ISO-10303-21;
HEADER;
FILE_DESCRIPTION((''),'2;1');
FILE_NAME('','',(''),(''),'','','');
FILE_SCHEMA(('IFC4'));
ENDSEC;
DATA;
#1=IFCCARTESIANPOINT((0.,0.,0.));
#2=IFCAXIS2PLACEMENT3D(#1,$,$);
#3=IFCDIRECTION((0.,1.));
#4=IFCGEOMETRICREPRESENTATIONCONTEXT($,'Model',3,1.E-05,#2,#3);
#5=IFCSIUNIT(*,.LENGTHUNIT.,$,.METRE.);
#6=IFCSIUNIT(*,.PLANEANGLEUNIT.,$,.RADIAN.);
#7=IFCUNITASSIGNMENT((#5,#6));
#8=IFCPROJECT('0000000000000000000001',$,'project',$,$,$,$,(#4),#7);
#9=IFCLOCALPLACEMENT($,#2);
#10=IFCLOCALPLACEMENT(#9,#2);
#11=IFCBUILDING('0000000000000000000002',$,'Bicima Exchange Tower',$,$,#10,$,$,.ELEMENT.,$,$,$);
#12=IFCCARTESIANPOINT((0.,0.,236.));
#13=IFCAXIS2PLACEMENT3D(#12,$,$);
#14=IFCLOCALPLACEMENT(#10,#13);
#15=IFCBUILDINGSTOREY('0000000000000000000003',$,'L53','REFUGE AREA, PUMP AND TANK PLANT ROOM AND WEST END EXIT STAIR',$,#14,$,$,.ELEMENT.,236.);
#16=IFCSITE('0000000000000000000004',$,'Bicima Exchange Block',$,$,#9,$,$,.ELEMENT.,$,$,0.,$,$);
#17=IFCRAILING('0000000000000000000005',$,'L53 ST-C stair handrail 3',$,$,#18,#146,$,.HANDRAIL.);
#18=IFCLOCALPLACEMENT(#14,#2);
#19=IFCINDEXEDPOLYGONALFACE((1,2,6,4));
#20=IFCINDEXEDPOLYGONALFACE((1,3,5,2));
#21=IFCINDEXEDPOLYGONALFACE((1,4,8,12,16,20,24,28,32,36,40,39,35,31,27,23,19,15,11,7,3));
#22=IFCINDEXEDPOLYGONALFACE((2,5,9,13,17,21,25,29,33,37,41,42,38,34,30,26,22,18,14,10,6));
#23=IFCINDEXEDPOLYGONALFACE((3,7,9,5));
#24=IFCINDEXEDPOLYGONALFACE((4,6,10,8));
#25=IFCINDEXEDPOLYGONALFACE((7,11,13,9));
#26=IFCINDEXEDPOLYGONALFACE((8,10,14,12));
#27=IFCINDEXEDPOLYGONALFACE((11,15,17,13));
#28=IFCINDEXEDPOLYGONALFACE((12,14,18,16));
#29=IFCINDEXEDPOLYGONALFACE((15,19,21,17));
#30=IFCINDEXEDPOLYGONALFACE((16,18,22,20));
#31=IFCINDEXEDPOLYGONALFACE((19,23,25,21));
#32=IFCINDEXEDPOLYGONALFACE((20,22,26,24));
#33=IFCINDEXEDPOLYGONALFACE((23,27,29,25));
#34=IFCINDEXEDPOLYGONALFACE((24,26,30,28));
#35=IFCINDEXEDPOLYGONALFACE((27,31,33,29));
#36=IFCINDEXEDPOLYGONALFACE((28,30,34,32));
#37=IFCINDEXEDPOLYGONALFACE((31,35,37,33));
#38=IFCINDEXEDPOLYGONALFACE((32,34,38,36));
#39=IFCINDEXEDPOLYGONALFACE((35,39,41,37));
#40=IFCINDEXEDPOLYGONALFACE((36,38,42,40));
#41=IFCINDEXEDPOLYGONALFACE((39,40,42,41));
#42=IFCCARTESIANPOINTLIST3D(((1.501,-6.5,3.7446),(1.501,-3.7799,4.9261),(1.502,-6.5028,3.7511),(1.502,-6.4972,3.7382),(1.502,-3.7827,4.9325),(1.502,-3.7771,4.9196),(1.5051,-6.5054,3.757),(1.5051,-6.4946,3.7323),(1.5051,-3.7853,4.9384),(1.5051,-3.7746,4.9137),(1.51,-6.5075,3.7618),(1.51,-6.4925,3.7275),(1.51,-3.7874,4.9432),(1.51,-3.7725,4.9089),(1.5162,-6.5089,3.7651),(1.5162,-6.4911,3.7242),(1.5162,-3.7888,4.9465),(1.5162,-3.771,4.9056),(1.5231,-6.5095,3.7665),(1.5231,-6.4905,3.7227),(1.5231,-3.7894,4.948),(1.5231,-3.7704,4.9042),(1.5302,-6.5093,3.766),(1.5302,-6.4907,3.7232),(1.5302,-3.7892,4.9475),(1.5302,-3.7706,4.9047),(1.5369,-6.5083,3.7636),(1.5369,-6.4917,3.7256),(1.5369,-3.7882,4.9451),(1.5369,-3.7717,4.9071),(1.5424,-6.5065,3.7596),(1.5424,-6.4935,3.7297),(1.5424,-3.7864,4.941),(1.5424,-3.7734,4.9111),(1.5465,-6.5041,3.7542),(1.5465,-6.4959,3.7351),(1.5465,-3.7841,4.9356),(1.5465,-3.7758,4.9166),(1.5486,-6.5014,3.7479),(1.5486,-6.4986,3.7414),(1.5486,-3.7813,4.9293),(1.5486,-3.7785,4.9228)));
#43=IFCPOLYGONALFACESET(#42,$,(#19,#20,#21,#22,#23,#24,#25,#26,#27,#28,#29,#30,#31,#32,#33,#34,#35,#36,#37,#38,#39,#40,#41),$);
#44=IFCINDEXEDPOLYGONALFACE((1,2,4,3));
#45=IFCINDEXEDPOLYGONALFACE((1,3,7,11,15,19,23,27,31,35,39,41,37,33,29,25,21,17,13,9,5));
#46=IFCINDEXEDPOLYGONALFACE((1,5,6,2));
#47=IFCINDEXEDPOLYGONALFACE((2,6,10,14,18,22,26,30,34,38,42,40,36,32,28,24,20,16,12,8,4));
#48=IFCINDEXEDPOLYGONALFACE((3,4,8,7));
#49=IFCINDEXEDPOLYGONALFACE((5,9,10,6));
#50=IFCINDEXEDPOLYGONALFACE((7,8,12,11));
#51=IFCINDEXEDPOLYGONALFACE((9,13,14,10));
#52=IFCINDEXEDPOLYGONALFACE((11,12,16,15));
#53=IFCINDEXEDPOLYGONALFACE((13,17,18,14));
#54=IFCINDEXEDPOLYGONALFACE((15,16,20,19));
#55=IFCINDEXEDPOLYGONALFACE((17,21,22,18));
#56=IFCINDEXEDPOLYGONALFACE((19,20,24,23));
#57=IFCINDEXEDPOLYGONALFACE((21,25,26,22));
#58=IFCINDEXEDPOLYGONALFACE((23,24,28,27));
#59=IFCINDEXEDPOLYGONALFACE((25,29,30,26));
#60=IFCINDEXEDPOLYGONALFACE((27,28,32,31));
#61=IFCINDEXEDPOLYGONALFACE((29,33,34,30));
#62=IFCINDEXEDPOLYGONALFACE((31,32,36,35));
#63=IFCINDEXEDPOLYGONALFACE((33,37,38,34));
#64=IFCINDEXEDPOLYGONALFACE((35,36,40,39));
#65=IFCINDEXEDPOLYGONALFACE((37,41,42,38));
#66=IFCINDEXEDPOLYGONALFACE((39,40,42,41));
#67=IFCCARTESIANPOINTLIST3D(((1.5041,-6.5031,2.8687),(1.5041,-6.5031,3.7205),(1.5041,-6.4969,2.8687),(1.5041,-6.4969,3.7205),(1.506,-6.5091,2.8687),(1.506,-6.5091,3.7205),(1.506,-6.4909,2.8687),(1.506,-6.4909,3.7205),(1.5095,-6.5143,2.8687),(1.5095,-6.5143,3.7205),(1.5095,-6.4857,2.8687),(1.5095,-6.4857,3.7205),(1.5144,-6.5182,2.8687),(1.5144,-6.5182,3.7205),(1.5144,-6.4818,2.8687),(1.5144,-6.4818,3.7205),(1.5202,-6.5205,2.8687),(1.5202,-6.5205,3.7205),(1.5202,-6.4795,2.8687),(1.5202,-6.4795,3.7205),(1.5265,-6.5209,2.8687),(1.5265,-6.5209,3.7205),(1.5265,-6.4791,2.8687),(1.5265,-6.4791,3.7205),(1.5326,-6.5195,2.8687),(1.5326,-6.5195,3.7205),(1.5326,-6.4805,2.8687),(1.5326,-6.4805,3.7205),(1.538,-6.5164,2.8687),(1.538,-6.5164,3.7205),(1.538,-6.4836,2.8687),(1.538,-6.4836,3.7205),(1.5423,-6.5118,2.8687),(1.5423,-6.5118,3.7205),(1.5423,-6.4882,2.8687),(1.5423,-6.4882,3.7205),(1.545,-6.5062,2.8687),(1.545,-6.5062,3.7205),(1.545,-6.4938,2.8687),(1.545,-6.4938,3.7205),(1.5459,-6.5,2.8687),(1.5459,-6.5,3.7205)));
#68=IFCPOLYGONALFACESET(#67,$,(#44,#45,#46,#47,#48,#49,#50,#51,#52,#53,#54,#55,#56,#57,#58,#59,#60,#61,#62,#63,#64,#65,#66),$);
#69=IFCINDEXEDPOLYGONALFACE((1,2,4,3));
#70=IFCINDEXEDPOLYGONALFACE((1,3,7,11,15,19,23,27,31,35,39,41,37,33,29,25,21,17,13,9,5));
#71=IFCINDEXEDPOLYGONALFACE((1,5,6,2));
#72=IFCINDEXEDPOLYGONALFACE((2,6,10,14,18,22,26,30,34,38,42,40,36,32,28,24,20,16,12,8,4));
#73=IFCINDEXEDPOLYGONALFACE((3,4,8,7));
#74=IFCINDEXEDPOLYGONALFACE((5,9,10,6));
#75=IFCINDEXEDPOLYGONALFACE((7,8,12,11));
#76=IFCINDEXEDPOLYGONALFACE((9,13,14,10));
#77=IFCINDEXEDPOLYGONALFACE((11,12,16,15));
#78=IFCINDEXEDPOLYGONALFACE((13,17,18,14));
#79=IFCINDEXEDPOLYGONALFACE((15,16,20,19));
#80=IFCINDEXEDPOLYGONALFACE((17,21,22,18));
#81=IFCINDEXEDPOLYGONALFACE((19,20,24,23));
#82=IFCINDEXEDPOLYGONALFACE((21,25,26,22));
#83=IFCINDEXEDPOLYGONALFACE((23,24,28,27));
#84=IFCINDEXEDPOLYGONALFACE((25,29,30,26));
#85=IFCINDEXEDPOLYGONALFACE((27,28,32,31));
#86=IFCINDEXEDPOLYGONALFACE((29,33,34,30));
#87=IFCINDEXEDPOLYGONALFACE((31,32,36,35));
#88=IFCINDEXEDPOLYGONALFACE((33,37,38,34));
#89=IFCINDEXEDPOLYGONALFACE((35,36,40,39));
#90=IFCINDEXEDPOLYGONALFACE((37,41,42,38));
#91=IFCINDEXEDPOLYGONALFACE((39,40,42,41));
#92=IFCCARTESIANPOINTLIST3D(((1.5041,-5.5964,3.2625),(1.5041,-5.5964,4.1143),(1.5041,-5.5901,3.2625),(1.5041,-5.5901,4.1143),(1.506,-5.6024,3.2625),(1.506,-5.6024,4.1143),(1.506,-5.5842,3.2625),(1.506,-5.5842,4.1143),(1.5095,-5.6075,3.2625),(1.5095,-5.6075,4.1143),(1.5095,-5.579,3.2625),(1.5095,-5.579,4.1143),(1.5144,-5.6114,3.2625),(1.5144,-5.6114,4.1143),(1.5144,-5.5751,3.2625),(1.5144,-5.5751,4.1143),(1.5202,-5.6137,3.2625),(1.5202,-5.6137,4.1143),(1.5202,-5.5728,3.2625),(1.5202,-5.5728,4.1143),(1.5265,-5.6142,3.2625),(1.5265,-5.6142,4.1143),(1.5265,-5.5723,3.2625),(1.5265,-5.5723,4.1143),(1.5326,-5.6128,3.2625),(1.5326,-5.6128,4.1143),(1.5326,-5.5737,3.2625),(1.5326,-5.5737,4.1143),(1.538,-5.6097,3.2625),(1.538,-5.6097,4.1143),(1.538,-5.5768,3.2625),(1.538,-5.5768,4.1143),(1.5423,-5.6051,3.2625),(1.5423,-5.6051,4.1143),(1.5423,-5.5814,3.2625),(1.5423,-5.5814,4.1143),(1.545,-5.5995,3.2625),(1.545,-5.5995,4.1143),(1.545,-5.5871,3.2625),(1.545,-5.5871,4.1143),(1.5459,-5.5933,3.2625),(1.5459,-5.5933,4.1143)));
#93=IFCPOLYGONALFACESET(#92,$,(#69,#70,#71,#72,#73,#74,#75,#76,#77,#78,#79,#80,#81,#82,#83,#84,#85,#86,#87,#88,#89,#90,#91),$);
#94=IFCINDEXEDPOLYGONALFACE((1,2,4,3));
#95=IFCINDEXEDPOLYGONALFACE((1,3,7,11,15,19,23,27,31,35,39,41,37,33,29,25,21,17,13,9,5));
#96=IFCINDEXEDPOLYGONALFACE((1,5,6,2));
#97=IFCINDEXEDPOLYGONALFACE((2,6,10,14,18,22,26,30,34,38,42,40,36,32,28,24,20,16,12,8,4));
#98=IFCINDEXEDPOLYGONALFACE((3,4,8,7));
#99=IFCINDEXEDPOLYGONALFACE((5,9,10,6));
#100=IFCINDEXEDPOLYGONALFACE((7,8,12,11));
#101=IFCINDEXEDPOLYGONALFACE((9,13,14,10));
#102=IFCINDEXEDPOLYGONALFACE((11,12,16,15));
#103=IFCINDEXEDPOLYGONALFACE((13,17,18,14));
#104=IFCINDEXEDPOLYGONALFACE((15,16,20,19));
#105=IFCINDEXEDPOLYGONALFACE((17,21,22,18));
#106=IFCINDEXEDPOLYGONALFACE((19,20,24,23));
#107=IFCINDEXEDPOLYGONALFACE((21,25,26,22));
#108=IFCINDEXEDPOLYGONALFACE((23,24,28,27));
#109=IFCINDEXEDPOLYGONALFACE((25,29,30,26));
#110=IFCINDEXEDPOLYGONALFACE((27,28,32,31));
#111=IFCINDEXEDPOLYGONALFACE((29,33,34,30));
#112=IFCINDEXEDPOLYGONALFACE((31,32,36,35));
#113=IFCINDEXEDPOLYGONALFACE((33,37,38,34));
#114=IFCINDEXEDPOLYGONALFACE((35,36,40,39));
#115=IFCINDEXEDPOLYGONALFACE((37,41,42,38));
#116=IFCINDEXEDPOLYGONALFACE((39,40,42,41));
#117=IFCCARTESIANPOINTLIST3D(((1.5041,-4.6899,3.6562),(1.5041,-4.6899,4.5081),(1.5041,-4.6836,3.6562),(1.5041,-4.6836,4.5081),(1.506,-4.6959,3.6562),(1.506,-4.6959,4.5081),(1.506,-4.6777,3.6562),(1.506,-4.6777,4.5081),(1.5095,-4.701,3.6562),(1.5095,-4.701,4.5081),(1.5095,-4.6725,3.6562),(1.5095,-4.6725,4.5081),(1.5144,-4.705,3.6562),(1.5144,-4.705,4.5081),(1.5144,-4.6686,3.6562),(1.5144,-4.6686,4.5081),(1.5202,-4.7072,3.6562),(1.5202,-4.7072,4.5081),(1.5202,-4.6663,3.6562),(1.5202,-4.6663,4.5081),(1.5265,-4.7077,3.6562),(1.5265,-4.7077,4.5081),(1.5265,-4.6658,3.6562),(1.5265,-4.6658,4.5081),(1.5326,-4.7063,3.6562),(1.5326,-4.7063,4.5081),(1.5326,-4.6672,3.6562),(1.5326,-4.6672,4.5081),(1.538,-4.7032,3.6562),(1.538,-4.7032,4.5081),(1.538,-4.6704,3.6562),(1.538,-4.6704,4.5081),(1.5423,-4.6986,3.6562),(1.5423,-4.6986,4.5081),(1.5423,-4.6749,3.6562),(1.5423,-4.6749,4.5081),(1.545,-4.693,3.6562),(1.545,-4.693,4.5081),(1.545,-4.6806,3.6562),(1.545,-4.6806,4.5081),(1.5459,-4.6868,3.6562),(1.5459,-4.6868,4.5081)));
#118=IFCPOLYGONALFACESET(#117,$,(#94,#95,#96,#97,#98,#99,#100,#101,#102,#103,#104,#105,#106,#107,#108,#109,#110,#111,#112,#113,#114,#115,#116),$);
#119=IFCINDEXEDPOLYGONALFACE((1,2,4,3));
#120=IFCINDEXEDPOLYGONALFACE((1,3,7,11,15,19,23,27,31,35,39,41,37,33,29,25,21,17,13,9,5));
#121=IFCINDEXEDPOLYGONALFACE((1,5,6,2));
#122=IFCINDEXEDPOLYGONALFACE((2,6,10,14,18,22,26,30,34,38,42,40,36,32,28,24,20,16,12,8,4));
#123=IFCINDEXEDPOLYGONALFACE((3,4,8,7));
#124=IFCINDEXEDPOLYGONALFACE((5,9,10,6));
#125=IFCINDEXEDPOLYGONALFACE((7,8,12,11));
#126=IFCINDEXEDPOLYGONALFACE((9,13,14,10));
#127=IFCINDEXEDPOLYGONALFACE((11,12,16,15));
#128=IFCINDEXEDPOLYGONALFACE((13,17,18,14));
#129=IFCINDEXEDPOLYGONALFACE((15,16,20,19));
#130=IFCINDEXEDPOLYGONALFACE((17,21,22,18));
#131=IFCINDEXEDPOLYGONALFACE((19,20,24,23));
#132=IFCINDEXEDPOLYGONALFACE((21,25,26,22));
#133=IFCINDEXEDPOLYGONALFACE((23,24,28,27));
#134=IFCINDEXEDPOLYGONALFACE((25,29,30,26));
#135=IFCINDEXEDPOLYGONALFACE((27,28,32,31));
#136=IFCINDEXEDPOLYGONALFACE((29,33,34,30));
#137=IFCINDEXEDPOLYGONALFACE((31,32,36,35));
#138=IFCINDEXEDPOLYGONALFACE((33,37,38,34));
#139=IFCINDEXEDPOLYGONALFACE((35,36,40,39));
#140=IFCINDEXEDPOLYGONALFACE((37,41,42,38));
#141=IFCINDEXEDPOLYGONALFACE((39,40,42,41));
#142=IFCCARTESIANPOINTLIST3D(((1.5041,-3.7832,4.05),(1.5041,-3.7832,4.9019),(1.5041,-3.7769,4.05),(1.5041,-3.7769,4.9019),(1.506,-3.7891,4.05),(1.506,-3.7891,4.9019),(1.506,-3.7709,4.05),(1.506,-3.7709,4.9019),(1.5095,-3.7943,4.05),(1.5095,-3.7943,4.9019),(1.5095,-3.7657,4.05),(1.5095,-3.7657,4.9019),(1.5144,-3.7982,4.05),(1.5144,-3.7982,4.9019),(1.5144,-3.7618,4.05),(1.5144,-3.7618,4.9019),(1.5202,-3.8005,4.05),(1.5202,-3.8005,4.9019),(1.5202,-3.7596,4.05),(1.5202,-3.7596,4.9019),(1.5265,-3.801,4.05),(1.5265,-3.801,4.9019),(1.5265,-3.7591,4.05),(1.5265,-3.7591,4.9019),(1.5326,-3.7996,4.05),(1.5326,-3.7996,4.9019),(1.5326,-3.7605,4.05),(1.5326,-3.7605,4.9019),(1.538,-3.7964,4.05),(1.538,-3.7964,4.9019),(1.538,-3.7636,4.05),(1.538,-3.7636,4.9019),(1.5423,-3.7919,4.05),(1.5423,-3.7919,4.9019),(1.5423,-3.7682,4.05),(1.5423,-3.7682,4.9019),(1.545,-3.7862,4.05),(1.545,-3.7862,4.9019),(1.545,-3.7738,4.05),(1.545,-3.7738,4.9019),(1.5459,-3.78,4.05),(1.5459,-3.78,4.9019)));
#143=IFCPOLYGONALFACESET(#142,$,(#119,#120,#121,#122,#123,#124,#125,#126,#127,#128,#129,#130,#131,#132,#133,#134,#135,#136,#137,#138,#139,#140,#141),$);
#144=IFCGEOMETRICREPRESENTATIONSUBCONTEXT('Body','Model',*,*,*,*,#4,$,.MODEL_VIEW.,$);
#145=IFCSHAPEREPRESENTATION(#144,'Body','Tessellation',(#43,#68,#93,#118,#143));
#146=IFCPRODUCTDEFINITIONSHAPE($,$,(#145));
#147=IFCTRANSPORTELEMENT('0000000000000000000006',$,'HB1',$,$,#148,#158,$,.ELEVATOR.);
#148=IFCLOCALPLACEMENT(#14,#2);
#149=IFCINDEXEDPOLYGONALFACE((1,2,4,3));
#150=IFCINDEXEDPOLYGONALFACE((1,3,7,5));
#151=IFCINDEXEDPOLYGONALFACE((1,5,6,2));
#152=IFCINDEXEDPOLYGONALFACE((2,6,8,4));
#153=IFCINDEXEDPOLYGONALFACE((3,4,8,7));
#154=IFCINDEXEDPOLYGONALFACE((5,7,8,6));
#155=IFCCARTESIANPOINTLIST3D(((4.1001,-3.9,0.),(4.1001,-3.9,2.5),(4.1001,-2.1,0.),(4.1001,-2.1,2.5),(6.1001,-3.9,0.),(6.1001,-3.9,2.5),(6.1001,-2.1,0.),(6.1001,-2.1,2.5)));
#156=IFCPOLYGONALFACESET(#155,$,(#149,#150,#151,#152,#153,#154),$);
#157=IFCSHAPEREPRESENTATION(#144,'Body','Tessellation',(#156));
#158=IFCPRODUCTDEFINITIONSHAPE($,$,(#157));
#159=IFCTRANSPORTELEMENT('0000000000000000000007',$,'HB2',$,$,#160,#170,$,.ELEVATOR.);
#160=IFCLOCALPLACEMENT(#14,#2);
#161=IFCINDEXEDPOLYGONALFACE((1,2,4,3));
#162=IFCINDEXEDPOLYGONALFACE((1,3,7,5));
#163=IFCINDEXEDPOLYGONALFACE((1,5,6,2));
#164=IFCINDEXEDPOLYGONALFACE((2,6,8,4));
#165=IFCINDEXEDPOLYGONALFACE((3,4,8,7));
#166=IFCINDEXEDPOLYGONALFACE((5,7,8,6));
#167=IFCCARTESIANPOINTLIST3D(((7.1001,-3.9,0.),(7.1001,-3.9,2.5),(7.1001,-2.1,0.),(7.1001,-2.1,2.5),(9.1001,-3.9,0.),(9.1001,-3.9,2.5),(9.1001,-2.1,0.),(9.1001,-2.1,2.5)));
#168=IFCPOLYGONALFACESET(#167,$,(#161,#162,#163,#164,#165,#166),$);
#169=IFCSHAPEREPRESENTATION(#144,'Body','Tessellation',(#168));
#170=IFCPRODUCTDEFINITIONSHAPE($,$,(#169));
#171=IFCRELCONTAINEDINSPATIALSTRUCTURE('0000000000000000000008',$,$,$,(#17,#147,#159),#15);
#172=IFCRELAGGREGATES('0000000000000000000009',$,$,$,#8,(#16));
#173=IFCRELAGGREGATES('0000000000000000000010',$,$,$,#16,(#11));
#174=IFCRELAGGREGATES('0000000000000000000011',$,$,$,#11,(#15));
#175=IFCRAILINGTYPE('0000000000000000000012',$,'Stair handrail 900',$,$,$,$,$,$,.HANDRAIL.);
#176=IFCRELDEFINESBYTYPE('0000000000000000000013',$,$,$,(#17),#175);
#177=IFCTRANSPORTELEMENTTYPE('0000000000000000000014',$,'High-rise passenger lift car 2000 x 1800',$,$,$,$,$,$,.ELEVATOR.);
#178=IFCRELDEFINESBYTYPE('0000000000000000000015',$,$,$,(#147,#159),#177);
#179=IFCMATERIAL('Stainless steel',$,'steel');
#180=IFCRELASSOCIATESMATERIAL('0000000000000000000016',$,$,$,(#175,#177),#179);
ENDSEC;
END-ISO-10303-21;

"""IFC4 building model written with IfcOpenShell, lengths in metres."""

from ifc_helpers import new_model, si_unit, direction, frame, origin, origin_2d, place, context, subcontext, project, spatial, rectangle, circle, extrude, material, type_object, element, save


model = new_model("IFC4")

# Units and contexts
model_context = context("Model", 3, precision=1e-05, world=origin(), true_north=direction((0.0, 1.0)))
body_context = subcontext(model_context, "Body", "Model", "MODEL_VIEW")
ifc_project = project(units=[si_unit("LENGTHUNIT", "METRE"), si_unit("PLANEANGLEUNIT", "RADIAN")], contexts=[model_context])

# Site, building, storey
site_placement = place(None, origin())
site = spatial("IfcSite", under=ifc_project, at=site_placement, Name="Bicima Exchange Block", CompositionType="ELEMENT", RefElevation=0.0)
building_placement = place(site_placement, origin())
building = spatial("IfcBuilding", under=site, at=building_placement, Name="Bicima Exchange Tower", CompositionType="ELEMENT")
storey_placement = place(building_placement, frame((0.0, 0.0, 236.0)))
storey = spatial("IfcBuildingStorey", under=building, at=storey_placement, Name="L53", Description="REFUGE AREA, PUMP AND TANK PLANT ROOM AND WEST END EXIT STAIR", CompositionType="ELEMENT", Elevation=236.0)

# Shared definitions
ifc_material_1 = material(Name="Stainless steel", Category="steel")

# Railing
railing_type_1 = type_object("IfcRailingType", Name="Stair handrail 900", PredefinedType="HANDRAIL", material=ifc_material_1)
for number, where, name in (
    (1, (1.5249, -6.5, 2.8687), "L53 ST-C stair handrail 3"),
):
    element("IfcRailing", number, at=place(storey_placement, frame(where)), inside=storey, type_object=railing_type_1, Name=name, PredefinedType="HANDRAIL", context=body_context, shape_type="SweptSolid", body=[
        extrude(circle(Radius=0.0239, at=origin_2d()), frame((0.0, 0.0, 0.876), z_axis=(0.0, 0.917218, 0.398386), x_axis=(-1.0, 0.0, 0.0)), (0.0, 0.0, 1.0), 2.9656),
        extrude(circle(Radius=0.021, at=origin_2d()), origin(), (0.0, 0.0, 1.0), 0.8518),
        extrude(circle(Radius=0.021, at=origin_2d()), frame((0.0, 0.9067, 0.3938)), (0.0, 0.0, 1.0), 0.8518),
        extrude(circle(Radius=0.021, at=origin_2d()), frame((0.0, 1.8132, 0.7876)), (0.0, 0.0, 1.0), 0.8518),
        extrude(circle(Radius=0.021, at=origin_2d()), frame((0.0, 2.72, 1.1814)), (0.0, 0.0, 1.0), 0.8518),
    ])

# Transport elements
transport_element_type = type_object("IfcTransportElementType", Name="High-rise passenger lift car 2000 x 1800", PredefinedType="ELEVATOR", material=ifc_material_1)
for number, where, z_axis, x_axis, name in (
    (2, (5.1001, -3.0, 0.0), (0.0, 0.0, 1.0), (1.0, 0.0, 0.0), "HB1"),
    (3, (8.1001, -3.0, 0.0), (0.0, 0.0, 1.0), (1.0, 0.0, 0.0), "HB2"),
):
    element("IfcTransportElement", number, at=place(storey_placement, frame(where, z_axis=z_axis, x_axis=x_axis)), inside=storey, type_object=transport_element_type, Name=name, PredefinedType="ELEVATOR", context=body_context, shape_type="SweptSolid", body=[
        extrude(rectangle(XDim=2.0, YDim=1.8, at=origin_2d()), origin(), (0.0, 0.0, 1.0), 2.5),
    ])

save(model, "model.ifc")
